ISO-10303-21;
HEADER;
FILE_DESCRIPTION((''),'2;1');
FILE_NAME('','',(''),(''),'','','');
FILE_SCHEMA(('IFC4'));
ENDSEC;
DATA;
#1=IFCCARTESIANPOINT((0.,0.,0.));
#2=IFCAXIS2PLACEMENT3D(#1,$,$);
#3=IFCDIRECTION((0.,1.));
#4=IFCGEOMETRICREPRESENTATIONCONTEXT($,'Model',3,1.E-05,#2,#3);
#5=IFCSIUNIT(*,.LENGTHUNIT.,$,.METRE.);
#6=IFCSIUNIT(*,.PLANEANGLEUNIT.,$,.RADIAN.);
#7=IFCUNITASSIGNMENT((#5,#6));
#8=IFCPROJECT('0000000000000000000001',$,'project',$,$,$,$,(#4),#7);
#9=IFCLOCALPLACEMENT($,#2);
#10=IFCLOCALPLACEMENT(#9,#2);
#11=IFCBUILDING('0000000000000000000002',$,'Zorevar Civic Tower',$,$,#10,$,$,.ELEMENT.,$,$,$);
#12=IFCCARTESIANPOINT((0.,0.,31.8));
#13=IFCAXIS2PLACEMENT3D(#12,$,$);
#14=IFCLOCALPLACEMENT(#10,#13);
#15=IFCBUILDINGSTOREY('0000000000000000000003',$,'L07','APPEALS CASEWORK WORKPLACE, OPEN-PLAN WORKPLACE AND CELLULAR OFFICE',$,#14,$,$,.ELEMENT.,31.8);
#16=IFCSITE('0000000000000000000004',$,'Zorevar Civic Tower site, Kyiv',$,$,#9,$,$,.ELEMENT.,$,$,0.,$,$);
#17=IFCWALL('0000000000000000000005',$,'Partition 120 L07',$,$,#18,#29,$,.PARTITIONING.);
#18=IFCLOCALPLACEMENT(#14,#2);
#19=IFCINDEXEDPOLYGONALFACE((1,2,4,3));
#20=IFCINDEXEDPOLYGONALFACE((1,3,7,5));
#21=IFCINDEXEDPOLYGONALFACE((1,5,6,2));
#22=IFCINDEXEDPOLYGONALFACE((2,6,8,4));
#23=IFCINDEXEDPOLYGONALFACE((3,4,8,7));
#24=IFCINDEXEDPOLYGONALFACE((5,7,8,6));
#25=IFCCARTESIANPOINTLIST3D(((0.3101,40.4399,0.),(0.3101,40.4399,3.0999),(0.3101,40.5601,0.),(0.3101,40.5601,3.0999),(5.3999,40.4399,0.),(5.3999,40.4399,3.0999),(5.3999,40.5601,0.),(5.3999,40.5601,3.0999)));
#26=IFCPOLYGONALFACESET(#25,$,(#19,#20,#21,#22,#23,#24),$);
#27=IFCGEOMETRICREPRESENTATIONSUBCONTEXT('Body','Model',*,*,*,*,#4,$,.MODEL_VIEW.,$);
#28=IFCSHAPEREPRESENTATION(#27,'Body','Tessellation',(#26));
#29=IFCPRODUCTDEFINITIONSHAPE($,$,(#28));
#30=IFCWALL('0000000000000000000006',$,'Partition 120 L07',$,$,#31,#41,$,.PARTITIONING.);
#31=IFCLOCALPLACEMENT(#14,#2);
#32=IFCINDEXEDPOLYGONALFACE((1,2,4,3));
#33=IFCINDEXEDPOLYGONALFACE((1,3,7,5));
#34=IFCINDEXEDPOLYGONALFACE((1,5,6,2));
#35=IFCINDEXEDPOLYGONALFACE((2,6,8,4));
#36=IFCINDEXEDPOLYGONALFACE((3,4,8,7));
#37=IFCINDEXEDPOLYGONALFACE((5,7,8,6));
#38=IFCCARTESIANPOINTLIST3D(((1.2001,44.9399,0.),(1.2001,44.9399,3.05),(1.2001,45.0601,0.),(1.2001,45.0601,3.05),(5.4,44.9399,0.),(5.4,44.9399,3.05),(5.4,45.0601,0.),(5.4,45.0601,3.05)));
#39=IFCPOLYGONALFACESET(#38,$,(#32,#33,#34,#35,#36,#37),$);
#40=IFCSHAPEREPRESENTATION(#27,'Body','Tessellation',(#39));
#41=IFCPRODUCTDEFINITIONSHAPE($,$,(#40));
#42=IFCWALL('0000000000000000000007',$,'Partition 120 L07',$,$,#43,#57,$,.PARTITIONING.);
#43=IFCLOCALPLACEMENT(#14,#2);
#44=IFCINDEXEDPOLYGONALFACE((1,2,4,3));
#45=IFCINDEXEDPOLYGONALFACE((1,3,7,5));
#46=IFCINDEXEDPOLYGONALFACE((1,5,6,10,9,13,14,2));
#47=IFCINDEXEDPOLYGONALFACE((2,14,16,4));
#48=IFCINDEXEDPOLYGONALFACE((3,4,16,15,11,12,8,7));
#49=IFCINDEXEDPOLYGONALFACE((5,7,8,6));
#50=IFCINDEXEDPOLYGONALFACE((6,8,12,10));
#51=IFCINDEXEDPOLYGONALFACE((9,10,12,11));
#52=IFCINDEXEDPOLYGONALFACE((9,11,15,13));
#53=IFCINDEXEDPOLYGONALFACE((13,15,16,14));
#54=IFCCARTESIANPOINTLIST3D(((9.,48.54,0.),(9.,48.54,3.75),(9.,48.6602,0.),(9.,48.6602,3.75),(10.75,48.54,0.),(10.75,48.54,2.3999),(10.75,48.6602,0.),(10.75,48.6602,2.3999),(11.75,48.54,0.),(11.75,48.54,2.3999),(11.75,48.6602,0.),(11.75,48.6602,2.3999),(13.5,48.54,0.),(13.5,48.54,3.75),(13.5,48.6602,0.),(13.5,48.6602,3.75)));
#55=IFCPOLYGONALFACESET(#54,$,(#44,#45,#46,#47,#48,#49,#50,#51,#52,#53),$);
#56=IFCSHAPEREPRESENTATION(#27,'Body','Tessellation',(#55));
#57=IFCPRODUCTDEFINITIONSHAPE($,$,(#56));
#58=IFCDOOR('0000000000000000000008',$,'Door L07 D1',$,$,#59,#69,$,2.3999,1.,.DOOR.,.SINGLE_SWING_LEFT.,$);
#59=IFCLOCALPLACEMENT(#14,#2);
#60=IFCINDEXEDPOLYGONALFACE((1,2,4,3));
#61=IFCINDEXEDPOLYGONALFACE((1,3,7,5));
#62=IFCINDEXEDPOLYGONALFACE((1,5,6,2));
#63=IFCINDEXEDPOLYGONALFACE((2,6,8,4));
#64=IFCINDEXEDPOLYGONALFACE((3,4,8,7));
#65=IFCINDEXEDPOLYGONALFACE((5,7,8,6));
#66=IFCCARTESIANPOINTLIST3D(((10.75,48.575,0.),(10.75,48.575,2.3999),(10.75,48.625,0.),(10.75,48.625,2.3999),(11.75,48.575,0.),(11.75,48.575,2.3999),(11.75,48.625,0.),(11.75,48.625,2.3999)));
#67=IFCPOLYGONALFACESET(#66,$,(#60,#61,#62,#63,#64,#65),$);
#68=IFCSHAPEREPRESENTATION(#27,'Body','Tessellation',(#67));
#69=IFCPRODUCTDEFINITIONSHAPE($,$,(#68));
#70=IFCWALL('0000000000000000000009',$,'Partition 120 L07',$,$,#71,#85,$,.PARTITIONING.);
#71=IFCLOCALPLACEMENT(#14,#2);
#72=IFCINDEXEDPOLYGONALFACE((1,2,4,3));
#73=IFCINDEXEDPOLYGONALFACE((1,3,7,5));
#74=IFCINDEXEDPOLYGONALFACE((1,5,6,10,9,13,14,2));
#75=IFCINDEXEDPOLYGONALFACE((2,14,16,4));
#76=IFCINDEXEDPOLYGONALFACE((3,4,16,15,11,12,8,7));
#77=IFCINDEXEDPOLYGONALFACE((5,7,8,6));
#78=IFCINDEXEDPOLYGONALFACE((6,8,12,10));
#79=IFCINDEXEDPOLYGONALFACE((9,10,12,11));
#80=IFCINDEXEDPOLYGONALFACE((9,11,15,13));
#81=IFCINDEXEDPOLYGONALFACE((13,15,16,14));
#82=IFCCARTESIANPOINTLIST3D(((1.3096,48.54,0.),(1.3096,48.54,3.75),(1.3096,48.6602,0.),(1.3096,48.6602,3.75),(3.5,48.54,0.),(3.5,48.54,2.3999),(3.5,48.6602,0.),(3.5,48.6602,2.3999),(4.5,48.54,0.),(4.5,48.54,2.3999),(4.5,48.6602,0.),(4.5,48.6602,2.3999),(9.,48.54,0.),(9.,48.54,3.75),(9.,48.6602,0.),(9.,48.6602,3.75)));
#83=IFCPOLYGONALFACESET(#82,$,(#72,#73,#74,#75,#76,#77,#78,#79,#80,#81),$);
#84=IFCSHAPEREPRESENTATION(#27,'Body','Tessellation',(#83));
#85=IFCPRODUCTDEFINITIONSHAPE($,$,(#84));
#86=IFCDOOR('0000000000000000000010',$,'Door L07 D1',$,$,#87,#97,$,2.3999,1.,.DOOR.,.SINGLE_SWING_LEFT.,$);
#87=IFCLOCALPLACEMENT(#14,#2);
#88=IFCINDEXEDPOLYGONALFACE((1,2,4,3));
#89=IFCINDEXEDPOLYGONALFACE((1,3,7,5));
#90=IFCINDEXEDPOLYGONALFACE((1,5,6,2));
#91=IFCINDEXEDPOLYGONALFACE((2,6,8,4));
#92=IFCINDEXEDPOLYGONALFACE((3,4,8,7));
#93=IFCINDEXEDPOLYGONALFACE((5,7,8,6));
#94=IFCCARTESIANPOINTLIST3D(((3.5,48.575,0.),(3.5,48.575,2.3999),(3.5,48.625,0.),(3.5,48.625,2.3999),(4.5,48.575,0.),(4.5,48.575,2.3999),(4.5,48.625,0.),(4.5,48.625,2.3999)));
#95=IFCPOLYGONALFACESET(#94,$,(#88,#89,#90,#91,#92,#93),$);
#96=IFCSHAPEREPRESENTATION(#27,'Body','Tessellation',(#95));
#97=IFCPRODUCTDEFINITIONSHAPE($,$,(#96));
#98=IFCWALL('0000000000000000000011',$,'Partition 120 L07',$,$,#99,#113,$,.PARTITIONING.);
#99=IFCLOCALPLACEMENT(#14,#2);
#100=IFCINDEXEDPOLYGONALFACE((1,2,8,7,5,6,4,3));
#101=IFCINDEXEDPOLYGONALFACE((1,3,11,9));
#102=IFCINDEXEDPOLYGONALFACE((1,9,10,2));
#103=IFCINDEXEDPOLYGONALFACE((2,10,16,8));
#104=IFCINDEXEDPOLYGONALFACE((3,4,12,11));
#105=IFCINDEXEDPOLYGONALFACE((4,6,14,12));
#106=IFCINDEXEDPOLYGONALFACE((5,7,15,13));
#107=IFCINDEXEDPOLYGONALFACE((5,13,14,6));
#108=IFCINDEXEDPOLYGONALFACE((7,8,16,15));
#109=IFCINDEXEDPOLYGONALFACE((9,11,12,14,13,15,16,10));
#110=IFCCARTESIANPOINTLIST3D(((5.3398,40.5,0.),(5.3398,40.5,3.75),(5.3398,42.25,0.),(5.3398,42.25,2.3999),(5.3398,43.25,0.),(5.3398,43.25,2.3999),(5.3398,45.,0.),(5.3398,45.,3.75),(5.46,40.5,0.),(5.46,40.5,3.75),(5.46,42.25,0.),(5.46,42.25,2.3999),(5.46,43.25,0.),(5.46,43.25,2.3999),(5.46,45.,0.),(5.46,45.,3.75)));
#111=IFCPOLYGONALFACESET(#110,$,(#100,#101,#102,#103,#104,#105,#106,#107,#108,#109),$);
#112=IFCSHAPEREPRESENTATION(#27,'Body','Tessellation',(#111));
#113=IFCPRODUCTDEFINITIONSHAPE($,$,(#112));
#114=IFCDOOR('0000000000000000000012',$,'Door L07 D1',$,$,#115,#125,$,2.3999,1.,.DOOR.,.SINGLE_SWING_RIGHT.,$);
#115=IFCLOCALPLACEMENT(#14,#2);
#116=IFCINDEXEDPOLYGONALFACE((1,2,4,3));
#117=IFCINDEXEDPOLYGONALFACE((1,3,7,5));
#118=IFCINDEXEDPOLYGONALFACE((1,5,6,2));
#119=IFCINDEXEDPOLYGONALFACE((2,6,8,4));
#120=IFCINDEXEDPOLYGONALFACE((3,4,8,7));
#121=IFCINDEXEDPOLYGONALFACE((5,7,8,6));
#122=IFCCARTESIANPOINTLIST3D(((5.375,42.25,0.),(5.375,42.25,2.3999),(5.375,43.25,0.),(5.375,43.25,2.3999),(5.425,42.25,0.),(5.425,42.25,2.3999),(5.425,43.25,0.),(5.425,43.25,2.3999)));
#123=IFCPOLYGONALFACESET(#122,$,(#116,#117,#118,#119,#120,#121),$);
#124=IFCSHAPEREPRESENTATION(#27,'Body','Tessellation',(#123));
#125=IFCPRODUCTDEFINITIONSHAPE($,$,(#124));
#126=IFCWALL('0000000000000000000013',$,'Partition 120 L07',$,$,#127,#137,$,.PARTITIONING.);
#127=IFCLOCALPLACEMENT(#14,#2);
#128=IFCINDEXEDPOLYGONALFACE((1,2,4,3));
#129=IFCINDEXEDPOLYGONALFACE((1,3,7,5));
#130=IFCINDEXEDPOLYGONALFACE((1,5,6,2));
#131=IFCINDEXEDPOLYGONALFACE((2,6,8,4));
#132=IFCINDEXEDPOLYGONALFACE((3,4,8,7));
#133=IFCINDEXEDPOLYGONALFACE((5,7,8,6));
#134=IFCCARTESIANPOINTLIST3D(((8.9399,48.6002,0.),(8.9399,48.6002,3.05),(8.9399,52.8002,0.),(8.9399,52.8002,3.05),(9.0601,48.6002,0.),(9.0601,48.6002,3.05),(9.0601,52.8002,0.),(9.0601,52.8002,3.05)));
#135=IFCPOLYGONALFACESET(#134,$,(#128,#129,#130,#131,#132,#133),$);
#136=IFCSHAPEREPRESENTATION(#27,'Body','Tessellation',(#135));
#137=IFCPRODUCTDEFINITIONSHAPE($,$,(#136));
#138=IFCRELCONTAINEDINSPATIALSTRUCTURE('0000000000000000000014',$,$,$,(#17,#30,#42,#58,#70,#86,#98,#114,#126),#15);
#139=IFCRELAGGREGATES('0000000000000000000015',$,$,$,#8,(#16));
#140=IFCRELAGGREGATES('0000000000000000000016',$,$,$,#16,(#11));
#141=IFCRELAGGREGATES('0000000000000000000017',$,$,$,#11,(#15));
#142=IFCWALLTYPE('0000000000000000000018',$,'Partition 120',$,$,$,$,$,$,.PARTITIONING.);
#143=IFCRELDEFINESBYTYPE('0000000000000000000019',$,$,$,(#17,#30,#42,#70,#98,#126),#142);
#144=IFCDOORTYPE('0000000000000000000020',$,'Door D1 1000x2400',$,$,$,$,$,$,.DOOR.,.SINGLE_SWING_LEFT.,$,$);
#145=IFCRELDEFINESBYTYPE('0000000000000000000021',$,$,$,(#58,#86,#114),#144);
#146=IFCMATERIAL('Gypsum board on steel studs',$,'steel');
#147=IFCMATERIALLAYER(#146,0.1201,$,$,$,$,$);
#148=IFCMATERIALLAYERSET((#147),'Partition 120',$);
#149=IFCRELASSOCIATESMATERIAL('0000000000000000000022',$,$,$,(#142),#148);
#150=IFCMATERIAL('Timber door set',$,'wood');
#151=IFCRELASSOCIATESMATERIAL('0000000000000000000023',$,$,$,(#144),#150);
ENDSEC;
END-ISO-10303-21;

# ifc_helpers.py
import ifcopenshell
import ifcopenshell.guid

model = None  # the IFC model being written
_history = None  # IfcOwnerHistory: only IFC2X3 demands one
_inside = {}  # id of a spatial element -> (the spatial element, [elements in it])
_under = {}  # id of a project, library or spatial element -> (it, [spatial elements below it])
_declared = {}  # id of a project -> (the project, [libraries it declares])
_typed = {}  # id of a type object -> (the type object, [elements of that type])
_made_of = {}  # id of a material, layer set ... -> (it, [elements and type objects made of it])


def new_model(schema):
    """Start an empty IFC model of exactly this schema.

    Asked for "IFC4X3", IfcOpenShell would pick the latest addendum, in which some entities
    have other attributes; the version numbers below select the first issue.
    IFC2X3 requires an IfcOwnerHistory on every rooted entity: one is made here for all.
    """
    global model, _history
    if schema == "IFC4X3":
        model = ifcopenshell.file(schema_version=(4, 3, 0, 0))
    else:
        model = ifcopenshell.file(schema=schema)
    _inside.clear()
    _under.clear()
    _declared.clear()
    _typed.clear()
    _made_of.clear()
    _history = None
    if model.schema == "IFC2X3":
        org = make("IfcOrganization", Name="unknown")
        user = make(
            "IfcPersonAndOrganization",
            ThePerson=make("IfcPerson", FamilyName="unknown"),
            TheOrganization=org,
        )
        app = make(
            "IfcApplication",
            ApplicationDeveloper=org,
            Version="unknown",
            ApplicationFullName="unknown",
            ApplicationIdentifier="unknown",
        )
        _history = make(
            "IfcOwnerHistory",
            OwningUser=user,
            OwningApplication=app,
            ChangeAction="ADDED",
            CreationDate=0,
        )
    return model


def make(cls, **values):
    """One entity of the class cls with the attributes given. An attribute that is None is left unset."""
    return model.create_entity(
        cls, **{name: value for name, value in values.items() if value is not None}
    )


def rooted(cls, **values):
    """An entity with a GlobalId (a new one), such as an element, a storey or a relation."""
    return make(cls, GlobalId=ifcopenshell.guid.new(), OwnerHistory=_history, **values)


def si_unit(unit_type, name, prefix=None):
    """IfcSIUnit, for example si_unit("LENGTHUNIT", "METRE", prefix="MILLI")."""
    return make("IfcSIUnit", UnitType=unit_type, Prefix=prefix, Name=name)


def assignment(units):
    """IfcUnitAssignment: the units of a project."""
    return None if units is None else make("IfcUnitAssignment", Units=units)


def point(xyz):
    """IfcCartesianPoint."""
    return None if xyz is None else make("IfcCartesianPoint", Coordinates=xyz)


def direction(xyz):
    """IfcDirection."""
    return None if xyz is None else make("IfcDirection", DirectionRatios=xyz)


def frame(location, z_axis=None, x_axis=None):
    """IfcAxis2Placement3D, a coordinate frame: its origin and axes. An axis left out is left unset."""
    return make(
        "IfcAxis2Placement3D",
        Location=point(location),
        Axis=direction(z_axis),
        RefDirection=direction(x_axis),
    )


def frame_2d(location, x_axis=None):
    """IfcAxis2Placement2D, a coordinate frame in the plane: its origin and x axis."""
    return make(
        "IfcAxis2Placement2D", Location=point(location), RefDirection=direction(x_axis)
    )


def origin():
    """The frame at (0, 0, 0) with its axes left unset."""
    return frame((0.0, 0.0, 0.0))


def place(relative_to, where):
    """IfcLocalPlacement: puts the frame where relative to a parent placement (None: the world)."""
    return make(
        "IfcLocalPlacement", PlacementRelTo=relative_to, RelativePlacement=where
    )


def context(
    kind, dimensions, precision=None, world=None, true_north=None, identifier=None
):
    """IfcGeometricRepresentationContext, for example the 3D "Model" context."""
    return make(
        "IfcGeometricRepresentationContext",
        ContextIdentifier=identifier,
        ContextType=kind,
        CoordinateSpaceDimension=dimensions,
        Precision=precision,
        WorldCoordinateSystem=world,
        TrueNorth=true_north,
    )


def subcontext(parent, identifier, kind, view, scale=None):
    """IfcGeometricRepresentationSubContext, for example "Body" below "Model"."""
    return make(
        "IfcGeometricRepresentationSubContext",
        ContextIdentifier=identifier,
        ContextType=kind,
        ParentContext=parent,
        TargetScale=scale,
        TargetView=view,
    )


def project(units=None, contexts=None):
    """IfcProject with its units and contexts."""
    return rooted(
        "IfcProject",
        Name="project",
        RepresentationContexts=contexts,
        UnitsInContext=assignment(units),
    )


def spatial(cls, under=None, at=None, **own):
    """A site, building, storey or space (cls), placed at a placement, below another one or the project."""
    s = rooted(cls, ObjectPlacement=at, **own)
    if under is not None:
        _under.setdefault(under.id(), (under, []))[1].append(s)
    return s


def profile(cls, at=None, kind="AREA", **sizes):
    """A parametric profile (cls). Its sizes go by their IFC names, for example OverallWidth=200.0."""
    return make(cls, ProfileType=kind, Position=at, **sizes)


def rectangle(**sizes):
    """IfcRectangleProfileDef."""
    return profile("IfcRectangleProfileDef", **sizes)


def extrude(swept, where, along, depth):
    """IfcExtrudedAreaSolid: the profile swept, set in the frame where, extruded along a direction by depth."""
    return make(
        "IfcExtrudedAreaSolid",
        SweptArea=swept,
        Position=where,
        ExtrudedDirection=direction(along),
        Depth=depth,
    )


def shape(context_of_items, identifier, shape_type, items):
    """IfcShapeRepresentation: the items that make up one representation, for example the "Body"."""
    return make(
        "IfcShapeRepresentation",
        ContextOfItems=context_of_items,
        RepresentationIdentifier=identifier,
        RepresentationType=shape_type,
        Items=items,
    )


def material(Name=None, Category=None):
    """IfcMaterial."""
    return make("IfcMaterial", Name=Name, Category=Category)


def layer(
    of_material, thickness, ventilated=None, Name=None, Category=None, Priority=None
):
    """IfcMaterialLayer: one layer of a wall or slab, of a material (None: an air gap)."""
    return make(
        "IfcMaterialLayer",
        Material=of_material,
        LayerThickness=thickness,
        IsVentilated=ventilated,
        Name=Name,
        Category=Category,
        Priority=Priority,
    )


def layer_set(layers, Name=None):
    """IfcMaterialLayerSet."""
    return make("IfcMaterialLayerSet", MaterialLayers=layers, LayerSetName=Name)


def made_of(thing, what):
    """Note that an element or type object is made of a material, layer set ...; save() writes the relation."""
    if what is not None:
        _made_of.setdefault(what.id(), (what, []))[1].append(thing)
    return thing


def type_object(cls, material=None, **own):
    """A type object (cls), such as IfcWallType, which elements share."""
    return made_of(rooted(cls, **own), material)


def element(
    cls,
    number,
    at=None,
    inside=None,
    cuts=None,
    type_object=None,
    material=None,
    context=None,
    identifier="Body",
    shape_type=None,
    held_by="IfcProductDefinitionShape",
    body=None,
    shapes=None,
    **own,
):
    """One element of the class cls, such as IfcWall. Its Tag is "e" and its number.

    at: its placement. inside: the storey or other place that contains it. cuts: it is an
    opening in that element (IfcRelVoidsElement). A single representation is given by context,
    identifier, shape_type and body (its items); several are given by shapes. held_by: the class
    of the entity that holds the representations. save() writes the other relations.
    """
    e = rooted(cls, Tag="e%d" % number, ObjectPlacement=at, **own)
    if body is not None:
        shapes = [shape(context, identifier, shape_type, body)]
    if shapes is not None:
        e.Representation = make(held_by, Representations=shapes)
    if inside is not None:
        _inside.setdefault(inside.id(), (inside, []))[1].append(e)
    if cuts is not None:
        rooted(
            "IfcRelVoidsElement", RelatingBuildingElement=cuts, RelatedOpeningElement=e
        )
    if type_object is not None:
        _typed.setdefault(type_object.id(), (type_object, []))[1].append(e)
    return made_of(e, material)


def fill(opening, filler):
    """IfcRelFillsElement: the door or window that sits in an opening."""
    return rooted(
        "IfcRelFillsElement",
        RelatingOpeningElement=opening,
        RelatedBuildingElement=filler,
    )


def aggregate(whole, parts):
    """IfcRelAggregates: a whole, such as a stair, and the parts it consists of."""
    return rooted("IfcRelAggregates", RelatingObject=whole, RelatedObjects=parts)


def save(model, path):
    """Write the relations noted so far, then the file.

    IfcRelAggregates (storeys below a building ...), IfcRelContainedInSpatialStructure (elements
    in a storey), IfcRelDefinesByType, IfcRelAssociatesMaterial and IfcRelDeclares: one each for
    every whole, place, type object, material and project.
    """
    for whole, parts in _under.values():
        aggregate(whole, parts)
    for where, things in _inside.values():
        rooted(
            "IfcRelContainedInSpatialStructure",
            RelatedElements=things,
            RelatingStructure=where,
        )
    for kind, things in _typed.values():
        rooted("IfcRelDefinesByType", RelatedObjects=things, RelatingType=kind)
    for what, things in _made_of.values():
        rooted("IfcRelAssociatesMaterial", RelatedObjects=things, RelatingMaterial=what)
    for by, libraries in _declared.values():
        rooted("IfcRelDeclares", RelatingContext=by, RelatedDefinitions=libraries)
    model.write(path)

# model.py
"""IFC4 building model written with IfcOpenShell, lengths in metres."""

from ifc_helpers import new_model, si_unit, direction, frame, frame_2d, origin, place, context, subcontext, project, spatial, rectangle, extrude, material, layer, layer_set, type_object, element, fill, save


model = new_model("IFC4")

# Units and contexts
model_context = context("Model", 3, precision=1e-05, world=origin(), true_north=direction((0.0, 1.0)))
body_context = subcontext(model_context, "Body", "Model", "MODEL_VIEW")
ifc_project = project(units=[si_unit("LENGTHUNIT", "METRE"), si_unit("PLANEANGLEUNIT", "RADIAN")], contexts=[model_context])

# Site, building, storey
site_placement = place(None, origin())
site = spatial("IfcSite", under=ifc_project, at=site_placement, Name="Zorevar Civic Tower site, Kyiv", CompositionType="ELEMENT", RefElevation=0.0)
building_placement = place(site_placement, origin())
building = spatial("IfcBuilding", under=site, at=building_placement, Name="Zorevar Civic Tower", CompositionType="ELEMENT")
storey_placement = place(building_placement, frame((0.0, 0.0, 31.8)))
storey = spatial("IfcBuildingStorey", under=building, at=storey_placement, Name="L07", Description="APPEALS CASEWORK WORKPLACE, OPEN-PLAN WORKPLACE AND CELLULAR OFFICE", CompositionType="ELEMENT", Elevation=31.8)

# Walls
ifc_material_1 = material(Name="Gypsum board on steel studs", Category="steel")
ifc_layer_1 = layer(ifc_material_1, 0.1201)
ifc_layer_set_1 = layer_set([ifc_layer_1], Name="Partition 120")
wall_type = type_object("IfcWallType", Name="Partition 120", PredefinedType="PARTITIONING", material=ifc_layer_set_1)
wall_1_placement = place(storey_placement, frame((0.3101, 40.5, 0.0), z_axis=(0.0, 0.0, 1.0), x_axis=(1.0, 0.0, 0.0)))
element("IfcWall", 1, at=wall_1_placement, inside=storey, type_object=wall_type, Name="Partition 120 L07", PredefinedType="PARTITIONING", context=body_context, shape_type="SweptSolid", body=[
    extrude(rectangle(XDim=5.0898, YDim=0.1201, at=frame_2d((2.5449, 0.0))), origin(), (0.0, 0.0, 1.0), 3.0999),
])
wall_2_placement = place(storey_placement, frame((1.2, 45.0, 0.0), z_axis=(0.0, 0.0, 1.0), x_axis=(1.0, 0.0, 0.0)))
element("IfcWall", 2, at=wall_2_placement, inside=storey, type_object=wall_type, Name="Partition 120 L07", PredefinedType="PARTITIONING", context=body_context, shape_type="SweptSolid", body=[
    extrude(rectangle(XDim=4.2, YDim=0.1201, at=frame_2d((2.1001, 0.0))), origin(), (0.0, 0.0, 1.0), 3.05),
])

# Walls, openings, doors
wall_3_placement = place(storey_placement, frame((9.0, 48.6001, 0.0), z_axis=(0.0, 0.0, 1.0), x_axis=(1.0, 0.0, 0.0)))
wall_3 = element("IfcWall", 3, at=wall_3_placement, inside=storey, type_object=wall_type, Name="Partition 120 L07", PredefinedType="PARTITIONING", context=body_context, shape_type="SweptSolid", body=[
    extrude(rectangle(XDim=4.5, YDim=0.1201, at=frame_2d((2.25, 0.0))), origin(), (0.0, 0.0, 1.0), 3.75),
])
opening_1_placement = place(wall_3_placement, frame((1.75, 0.0, 0.0)))
opening_1 = element("IfcOpeningElement", 4, at=opening_1_placement, cuts=wall_3, PredefinedType="OPENING", context=body_context, shape_type="SweptSolid", body=[
    extrude(rectangle(XDim=1.0, YDim=2.3999, at=frame_2d((0.5, 1.2))), frame((0.0, 0.0701, 0.0), z_axis=(0.0, -1.0, 0.0), x_axis=(1.0, 0.0, 0.0)), (0.0, 0.0, 1.0), 0.1401),
])
ifc_material_2 = material(Name="Timber door set", Category="wood")
door_type = type_object("IfcDoorType", Name="Door D1 1000x2400", OperationType="SINGLE_SWING_LEFT", PredefinedType="DOOR", material=ifc_material_2)
door_1_placement = place(opening_1_placement, origin())
door_1 = element("IfcDoor", 5, at=door_1_placement, inside=storey, type_object=door_type, Name="Door L07 D1", OperationType="SINGLE_SWING_LEFT", OverallHeight=2.3999, OverallWidth=1.0, PredefinedType="DOOR", context=body_context, shape_type="SweptSolid", body=[
    extrude(rectangle(XDim=1.0, YDim=2.3999, at=frame_2d((0.5, 1.2))), frame((0.0, 0.0249, 0.0), z_axis=(0.0, -1.0, 0.0), x_axis=(1.0, 0.0, 0.0)), (0.0, 0.0, 1.0), 0.05),
])
fill(opening_1, door_1)
wall_4_placement = place(storey_placement, frame((1.3096, 48.6001, 0.0), z_axis=(0.0, 0.0, 1.0), x_axis=(1.0, 0.0, 0.0)))
wall_4 = element("IfcWall", 6, at=wall_4_placement, inside=storey, type_object=wall_type, Name="Partition 120 L07", PredefinedType="PARTITIONING", context=body_context, shape_type="SweptSolid", body=[
    extrude(rectangle(XDim=7.6904, YDim=0.1201, at=frame_2d((3.8452, 0.0))), origin(), (0.0, 0.0, 1.0), 3.75),
])
opening_2_placement = place(wall_4_placement, frame((2.1904, 0.0, 0.0)))
opening_2 = element("IfcOpeningElement", 7, at=opening_2_placement, cuts=wall_4, PredefinedType="OPENING", context=body_context, shape_type="SweptSolid", body=[
    extrude(rectangle(XDim=1.0, YDim=2.3999, at=frame_2d((0.5, 1.2))), frame((0.0, 0.0701, 0.0), z_axis=(0.0, -1.0, 0.0), x_axis=(1.0, 0.0, 0.0)), (0.0, 0.0, 1.0), 0.1401),
])
door_2_placement = place(opening_2_placement, origin())
door_2 = element("IfcDoor", 8, at=door_2_placement, inside=storey, type_object=door_type, Name="Door L07 D1", OperationType="SINGLE_SWING_LEFT", OverallHeight=2.3999, OverallWidth=1.0, PredefinedType="DOOR", context=body_context, shape_type="SweptSolid", body=[
    extrude(rectangle(XDim=1.0, YDim=2.3999, at=frame_2d((0.5, 1.2))), frame((0.0, 0.0249, 0.0), z_axis=(0.0, -1.0, 0.0), x_axis=(1.0, 0.0, 0.0)), (0.0, 0.0, 1.0), 0.05),
])
fill(opening_2, door_2)
wall_5_placement = place(storey_placement, frame((5.3999, 40.5, 0.0), z_axis=(0.0, 0.0, 1.0), x_axis=(0.0, 1.0, 0.0)))
wall_5 = element("IfcWall", 9, at=wall_5_placement, inside=storey, type_object=wall_type, Name="Partition 120 L07", PredefinedType="PARTITIONING", context=body_context, shape_type="SweptSolid", body=[
    extrude(rectangle(XDim=4.5, YDim=0.1201, at=frame_2d((2.25, 0.0))), origin(), (0.0, 0.0, 1.0), 3.75),
])
opening_3_placement = place(wall_5_placement, frame((1.75, 0.0, 0.0)))
opening_3 = element("IfcOpeningElement", 10, at=opening_3_placement, cuts=wall_5, PredefinedType="OPENING", context=body_context, shape_type="SweptSolid", body=[
    extrude(rectangle(XDim=1.0, YDim=2.3999, at=frame_2d((0.5, 1.2))), frame((0.0, 0.0701, 0.0), z_axis=(0.0, -1.0, 0.0), x_axis=(1.0, 0.0, 0.0)), (0.0, 0.0, 1.0), 0.1401),
])
door_3_placement = place(opening_3_placement, origin())
door_3 = element("IfcDoor", 11, at=door_3_placement, inside=storey, type_object=door_type, Name="Door L07 D1", OperationType="SINGLE_SWING_RIGHT", OverallHeight=2.3999, OverallWidth=1.0, PredefinedType="DOOR", context=body_context, shape_type="SweptSolid", body=[
    extrude(rectangle(XDim=1.0, YDim=2.3999, at=frame_2d((0.5, 1.2))), frame((0.0, 0.0249, 0.0), z_axis=(0.0, -1.0, 0.0), x_axis=(1.0, 0.0, 0.0)), (0.0, 0.0, 1.0), 0.05),
])
fill(opening_3, door_3)

# Wall
wall_6_placement = place(storey_placement, frame((9.0, 48.6001, 0.0), z_axis=(0.0, 0.0, 1.0), x_axis=(0.0, 1.0, 0.0)))
element("IfcWall", 12, at=wall_6_placement, inside=storey, type_object=wall_type, Name="Partition 120 L07", PredefinedType="PARTITIONING", context=body_context, shape_type="SweptSolid", body=[
    extrude(rectangle(XDim=4.2, YDim=0.1201, at=frame_2d((2.1001, 0.0))), origin(), (0.0, 0.0, 1.0), 3.05),
])

save(model, "model.ifc")
